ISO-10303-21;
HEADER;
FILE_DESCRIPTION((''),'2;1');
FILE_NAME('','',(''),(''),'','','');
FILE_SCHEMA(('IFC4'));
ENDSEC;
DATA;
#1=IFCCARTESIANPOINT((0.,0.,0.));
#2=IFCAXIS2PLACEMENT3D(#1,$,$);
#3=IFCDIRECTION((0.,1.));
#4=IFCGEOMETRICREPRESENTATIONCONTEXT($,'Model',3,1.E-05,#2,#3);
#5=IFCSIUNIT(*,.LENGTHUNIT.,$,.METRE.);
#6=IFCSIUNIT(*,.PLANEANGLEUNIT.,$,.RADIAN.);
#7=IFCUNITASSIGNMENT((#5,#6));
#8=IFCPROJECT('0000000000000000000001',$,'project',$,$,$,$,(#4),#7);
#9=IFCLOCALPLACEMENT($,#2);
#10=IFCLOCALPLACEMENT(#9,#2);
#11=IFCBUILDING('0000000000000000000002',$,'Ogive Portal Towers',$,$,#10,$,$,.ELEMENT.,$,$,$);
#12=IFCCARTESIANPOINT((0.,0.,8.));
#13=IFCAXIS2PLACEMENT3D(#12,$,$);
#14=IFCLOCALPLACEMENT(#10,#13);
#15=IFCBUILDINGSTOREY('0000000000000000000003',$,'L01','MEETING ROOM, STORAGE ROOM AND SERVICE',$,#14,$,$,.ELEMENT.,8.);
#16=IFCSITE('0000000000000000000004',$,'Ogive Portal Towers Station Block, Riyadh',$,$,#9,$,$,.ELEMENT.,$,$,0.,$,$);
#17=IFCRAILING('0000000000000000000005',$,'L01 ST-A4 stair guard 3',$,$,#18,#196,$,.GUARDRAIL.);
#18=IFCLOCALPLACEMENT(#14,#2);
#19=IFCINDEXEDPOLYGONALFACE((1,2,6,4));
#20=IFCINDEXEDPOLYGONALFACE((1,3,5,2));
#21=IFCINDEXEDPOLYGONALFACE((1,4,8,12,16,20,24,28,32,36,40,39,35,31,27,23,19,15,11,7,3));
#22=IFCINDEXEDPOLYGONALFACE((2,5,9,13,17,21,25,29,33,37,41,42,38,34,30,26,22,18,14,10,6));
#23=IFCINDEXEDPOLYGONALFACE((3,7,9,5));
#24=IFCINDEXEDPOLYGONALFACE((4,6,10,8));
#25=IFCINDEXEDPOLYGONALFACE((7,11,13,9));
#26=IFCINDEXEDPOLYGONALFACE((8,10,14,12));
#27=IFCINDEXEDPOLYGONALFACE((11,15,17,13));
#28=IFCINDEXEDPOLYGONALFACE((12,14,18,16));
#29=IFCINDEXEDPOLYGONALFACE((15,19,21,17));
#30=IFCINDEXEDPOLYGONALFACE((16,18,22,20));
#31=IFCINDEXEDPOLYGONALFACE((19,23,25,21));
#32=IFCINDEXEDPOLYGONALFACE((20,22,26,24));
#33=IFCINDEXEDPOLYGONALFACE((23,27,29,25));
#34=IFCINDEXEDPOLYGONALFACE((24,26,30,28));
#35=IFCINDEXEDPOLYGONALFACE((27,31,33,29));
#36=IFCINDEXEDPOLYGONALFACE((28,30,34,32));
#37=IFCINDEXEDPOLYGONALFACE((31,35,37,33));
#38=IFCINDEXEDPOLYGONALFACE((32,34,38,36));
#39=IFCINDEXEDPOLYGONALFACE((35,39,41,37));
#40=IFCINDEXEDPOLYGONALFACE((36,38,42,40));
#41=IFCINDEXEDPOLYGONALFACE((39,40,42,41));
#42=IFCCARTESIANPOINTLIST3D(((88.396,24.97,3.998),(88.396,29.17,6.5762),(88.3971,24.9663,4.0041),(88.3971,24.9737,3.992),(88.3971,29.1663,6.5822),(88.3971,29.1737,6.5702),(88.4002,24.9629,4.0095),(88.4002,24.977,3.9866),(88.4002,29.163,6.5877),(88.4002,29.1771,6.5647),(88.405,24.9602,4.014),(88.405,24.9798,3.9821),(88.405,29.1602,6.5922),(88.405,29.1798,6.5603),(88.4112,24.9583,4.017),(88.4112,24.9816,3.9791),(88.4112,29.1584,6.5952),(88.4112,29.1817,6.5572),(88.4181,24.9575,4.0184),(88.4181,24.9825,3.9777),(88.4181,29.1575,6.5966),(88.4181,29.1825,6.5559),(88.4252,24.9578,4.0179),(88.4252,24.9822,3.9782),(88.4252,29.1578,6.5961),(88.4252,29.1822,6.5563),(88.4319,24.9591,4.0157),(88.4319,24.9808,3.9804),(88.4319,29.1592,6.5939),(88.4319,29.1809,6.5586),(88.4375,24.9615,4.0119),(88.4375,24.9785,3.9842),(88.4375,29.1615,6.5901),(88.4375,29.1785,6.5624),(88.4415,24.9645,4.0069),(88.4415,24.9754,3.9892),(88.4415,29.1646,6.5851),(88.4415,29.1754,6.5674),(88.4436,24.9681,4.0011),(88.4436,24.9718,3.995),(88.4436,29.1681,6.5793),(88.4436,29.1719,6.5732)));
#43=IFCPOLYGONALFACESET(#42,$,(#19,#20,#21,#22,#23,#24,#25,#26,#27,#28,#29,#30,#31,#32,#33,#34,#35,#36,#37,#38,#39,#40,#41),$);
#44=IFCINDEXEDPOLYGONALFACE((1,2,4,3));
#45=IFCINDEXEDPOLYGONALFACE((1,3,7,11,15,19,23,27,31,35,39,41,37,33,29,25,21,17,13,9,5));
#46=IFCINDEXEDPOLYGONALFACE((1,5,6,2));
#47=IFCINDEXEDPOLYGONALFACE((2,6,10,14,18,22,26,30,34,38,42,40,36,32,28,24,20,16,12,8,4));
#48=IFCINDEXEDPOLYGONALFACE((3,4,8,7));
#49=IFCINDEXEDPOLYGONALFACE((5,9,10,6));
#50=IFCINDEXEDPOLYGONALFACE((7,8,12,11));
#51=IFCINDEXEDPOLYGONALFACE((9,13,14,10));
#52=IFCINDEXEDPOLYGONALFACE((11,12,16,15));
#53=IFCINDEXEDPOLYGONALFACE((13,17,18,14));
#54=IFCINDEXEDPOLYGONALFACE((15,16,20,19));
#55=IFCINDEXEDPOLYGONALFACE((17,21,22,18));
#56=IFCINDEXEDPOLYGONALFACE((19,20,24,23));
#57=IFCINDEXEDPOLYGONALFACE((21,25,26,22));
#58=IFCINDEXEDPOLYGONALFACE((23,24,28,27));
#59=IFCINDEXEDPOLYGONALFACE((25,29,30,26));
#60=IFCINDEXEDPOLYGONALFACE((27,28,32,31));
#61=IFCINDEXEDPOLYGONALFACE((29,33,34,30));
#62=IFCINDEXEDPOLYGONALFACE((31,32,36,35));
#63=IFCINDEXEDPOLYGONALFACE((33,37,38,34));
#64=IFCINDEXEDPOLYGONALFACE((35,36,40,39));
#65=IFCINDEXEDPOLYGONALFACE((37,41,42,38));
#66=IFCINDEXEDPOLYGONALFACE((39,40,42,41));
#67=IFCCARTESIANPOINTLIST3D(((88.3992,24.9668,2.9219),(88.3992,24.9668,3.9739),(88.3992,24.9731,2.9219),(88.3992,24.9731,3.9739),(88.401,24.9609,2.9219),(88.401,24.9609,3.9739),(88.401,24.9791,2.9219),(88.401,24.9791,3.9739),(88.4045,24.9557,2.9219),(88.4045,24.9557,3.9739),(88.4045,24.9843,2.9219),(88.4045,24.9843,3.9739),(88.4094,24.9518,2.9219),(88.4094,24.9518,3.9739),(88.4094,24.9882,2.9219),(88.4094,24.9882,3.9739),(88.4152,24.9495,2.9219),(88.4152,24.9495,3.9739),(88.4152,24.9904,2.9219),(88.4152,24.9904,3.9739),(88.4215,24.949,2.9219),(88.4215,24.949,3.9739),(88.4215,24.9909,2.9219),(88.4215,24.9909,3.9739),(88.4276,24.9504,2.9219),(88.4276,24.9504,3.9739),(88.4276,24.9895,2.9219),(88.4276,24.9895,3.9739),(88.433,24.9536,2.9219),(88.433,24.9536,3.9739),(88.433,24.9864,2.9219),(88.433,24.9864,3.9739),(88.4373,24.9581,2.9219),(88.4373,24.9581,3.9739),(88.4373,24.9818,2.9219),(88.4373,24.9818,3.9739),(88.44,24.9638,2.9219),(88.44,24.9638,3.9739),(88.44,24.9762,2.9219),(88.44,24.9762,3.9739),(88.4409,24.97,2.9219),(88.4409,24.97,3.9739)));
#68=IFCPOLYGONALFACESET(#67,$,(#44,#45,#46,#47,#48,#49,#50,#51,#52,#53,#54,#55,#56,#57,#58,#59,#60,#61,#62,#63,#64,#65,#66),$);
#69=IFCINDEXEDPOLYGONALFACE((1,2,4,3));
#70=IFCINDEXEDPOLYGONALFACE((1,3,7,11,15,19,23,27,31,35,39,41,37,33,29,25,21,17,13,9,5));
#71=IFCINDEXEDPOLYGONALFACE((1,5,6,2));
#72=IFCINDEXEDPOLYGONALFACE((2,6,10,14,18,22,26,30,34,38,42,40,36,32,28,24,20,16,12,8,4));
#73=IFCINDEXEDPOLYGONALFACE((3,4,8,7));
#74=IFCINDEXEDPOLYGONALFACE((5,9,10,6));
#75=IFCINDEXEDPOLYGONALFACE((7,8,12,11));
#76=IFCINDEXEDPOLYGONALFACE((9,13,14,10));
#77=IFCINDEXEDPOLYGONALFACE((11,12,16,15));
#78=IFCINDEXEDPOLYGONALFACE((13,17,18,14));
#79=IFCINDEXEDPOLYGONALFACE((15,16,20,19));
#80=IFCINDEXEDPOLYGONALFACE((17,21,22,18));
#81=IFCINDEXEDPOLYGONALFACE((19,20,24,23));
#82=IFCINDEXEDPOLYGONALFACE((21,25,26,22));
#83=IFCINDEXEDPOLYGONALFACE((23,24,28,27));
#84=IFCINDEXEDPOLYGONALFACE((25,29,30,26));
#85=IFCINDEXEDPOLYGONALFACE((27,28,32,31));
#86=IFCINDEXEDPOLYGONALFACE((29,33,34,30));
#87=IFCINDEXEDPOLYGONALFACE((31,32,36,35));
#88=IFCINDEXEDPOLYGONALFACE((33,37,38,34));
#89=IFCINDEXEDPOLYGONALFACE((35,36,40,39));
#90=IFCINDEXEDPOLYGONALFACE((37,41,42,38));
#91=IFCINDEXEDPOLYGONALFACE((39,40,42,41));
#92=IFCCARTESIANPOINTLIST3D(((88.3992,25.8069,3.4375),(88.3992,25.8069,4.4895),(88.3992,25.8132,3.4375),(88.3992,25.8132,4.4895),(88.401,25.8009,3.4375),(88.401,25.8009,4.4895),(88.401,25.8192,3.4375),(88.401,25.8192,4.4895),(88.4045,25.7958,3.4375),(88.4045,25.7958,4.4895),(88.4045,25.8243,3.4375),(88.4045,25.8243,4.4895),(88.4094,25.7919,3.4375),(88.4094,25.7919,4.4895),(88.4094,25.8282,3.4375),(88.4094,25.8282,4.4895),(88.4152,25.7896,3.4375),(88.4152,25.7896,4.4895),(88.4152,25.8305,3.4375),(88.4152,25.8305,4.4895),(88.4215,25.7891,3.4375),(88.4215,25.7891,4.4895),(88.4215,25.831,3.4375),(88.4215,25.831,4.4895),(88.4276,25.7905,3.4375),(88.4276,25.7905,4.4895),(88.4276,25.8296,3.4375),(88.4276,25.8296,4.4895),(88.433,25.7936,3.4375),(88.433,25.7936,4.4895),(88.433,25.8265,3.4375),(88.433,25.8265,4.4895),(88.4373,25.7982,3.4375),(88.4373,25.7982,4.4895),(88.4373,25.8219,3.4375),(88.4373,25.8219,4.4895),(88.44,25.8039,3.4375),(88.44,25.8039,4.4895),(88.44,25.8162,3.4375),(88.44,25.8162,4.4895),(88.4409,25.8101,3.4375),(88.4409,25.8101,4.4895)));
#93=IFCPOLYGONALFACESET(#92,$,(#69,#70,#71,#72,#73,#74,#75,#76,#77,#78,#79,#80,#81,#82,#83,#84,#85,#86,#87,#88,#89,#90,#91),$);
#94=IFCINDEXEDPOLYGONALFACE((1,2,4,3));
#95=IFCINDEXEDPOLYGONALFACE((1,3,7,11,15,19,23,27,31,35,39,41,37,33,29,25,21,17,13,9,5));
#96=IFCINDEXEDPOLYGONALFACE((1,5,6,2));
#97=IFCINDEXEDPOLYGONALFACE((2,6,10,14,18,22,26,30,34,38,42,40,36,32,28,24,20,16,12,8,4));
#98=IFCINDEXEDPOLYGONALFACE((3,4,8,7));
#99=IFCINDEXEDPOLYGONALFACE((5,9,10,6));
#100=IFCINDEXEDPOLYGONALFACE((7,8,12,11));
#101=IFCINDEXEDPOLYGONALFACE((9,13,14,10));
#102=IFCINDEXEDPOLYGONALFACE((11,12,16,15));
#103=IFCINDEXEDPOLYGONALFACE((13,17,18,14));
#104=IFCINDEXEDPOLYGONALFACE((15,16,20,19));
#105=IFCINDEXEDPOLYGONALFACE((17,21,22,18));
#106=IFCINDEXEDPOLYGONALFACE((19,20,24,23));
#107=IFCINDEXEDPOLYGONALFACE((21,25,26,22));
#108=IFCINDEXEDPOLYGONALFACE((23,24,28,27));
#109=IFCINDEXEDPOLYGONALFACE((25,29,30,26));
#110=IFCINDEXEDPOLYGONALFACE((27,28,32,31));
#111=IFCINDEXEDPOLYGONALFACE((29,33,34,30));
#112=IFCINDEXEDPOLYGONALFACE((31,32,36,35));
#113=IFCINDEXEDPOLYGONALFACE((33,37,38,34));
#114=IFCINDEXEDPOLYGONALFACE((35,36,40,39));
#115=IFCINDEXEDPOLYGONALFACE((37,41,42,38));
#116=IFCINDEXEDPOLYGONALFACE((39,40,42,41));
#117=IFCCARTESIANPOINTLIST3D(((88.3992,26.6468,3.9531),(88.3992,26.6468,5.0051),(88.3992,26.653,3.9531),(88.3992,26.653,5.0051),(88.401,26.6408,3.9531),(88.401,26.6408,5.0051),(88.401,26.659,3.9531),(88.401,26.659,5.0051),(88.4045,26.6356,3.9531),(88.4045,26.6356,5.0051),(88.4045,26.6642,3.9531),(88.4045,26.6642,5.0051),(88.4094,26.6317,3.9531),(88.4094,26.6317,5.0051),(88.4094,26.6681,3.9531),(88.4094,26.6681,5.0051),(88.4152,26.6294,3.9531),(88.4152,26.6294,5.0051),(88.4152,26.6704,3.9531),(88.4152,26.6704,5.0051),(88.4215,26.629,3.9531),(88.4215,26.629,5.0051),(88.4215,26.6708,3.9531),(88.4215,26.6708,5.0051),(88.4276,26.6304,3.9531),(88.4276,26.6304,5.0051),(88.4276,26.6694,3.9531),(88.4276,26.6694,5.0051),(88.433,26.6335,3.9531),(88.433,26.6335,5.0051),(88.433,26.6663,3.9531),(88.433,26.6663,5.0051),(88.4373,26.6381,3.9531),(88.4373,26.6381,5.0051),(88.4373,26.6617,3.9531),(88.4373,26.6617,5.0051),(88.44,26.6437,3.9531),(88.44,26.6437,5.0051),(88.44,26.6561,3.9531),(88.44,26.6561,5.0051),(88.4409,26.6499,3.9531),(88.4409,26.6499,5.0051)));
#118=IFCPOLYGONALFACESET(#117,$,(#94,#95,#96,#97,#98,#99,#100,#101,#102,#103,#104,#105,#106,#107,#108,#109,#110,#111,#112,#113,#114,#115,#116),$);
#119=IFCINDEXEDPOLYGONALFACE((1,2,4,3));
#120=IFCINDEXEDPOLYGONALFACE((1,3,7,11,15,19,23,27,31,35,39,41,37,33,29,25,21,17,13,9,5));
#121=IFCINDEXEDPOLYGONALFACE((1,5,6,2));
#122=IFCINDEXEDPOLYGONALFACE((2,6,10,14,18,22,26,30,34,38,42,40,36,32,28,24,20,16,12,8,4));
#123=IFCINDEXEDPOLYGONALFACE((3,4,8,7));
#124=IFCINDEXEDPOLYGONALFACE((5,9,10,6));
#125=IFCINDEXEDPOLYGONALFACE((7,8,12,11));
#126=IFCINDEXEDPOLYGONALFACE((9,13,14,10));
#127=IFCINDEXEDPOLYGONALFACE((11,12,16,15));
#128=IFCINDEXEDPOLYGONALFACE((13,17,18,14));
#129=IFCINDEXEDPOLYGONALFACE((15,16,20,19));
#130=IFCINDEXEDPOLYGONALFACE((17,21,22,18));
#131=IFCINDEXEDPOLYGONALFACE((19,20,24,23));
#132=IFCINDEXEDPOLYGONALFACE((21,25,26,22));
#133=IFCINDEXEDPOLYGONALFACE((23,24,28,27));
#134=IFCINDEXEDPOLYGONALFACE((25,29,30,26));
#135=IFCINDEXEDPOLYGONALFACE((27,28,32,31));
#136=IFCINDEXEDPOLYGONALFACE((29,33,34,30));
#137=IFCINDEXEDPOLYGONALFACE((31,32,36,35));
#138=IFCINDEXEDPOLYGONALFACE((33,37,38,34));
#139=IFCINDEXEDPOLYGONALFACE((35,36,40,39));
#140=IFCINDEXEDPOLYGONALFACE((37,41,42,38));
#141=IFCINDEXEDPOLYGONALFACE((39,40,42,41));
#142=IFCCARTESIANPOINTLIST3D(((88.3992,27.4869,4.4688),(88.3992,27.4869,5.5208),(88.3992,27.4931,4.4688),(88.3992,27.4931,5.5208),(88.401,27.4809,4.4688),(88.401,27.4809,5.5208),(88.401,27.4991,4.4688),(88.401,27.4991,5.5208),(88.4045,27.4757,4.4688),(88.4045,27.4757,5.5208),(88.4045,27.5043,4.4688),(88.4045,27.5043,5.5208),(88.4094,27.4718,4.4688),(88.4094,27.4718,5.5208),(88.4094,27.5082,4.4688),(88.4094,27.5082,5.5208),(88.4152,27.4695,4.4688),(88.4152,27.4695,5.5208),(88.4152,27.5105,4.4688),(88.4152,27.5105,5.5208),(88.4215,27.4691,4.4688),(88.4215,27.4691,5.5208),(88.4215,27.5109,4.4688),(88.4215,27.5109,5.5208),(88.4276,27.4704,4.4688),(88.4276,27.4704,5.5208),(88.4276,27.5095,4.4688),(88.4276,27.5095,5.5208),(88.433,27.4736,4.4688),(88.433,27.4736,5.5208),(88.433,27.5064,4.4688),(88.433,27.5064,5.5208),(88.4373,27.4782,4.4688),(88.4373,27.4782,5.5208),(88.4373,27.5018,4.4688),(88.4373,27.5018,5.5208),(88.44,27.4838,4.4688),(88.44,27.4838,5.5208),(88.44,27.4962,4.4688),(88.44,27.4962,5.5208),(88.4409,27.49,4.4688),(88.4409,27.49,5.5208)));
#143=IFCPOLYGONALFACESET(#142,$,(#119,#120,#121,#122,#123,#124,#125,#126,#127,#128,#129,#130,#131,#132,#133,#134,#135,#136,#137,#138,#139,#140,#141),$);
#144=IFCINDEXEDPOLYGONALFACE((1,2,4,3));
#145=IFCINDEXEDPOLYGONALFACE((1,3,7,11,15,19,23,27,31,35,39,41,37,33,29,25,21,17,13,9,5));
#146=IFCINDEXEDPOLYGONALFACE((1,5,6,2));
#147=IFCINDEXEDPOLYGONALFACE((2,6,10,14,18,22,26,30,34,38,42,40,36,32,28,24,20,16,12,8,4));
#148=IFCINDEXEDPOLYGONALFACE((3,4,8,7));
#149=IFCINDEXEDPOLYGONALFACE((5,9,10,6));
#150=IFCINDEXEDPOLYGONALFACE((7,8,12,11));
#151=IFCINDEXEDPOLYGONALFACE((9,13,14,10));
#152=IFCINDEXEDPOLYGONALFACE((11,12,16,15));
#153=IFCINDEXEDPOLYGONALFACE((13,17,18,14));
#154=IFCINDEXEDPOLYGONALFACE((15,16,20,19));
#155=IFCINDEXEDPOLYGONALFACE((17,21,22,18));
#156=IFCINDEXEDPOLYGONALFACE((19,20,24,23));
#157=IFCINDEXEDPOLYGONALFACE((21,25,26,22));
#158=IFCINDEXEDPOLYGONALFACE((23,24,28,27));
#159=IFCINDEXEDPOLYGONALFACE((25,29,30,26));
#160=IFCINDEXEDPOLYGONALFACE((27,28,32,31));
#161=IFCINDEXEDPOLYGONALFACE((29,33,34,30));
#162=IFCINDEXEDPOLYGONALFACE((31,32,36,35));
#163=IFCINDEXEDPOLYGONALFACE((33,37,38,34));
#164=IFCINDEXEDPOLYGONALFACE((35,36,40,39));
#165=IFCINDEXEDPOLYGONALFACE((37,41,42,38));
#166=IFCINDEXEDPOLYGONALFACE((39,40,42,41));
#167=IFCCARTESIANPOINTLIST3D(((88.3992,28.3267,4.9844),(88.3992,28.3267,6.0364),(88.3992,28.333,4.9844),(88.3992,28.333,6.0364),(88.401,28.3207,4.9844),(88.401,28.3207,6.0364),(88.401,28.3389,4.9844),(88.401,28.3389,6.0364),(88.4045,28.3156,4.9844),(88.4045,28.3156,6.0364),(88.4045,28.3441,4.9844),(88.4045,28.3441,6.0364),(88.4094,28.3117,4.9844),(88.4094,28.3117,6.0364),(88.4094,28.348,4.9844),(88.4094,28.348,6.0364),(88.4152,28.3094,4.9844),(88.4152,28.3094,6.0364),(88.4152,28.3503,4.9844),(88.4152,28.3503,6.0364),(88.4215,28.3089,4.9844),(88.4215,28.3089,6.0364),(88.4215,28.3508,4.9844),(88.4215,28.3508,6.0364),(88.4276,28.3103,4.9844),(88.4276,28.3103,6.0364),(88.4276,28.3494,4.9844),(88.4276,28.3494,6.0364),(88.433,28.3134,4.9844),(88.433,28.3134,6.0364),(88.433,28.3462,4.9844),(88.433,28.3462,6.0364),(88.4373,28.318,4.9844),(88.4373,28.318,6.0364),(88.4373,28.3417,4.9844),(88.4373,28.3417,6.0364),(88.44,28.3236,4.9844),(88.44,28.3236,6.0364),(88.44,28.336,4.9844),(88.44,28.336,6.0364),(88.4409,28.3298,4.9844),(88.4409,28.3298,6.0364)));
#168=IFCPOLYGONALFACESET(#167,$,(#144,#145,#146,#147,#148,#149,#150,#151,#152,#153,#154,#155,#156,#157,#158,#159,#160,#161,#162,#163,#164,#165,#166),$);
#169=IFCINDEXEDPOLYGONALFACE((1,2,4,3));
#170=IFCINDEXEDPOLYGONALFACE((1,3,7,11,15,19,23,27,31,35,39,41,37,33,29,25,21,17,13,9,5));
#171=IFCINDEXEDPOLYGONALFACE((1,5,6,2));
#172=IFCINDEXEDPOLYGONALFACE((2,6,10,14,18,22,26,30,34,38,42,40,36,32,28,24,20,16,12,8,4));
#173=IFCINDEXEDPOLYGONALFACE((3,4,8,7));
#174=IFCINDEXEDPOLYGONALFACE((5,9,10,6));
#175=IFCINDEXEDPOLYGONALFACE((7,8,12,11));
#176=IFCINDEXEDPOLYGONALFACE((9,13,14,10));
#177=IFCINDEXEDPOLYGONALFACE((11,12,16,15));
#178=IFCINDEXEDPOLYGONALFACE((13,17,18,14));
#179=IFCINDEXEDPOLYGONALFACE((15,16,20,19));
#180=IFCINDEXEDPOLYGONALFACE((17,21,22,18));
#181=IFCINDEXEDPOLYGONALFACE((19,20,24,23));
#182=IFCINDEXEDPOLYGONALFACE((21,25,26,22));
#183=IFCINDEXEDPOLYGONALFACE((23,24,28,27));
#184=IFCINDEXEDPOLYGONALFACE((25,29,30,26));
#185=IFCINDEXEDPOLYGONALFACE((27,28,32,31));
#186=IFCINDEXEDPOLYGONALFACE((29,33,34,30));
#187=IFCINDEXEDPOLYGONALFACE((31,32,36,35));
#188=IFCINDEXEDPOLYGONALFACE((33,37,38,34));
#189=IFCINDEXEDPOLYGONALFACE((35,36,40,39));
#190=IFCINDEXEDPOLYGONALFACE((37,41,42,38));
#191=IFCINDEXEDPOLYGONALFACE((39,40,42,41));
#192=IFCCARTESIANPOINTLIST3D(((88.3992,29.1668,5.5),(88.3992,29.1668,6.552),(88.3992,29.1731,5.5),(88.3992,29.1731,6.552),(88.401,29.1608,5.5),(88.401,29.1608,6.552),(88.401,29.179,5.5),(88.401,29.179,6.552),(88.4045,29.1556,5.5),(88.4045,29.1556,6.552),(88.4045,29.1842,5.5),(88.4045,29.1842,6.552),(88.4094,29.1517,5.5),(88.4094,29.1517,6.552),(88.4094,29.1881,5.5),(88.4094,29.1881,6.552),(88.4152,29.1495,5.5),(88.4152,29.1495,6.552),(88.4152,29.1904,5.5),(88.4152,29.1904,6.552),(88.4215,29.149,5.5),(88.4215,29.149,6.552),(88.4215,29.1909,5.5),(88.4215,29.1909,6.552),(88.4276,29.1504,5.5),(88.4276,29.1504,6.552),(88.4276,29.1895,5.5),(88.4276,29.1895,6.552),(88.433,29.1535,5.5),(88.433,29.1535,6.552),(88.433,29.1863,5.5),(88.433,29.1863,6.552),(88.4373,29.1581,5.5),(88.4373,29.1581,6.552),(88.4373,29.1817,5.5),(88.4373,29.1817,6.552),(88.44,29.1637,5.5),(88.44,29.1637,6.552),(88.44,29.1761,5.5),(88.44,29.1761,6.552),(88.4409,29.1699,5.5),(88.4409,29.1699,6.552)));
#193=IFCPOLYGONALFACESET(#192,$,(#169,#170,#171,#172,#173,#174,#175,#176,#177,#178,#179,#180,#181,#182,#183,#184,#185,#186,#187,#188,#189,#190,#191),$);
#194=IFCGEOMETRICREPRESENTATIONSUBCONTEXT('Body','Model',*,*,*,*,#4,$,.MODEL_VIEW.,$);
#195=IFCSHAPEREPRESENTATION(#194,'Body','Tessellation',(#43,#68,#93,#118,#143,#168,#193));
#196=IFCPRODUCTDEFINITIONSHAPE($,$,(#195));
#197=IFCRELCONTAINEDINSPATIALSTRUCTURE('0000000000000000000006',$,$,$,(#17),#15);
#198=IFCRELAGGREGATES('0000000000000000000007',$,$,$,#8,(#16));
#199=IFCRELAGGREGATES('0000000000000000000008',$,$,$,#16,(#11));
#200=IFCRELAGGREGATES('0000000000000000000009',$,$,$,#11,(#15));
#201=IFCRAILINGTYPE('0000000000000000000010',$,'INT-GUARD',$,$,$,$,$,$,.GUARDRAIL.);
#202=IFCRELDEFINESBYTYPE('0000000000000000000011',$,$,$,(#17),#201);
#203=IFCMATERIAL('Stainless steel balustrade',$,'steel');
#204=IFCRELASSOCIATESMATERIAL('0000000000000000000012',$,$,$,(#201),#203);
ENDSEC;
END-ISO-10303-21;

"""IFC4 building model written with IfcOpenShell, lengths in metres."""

from ifc_helpers import new_model, si_unit, direction, frame, origin, origin_2d, place, context, subcontext, project, spatial, circle, extrude, material, type_object, element, save


model = new_model("IFC4")

# Units and contexts
model_context = context("Model", 3, precision=1e-05, world=origin(), true_north=direction((0.0, 1.0)))
body_context = subcontext(model_context, "Body", "Model", "MODEL_VIEW")
ifc_project = project(units=[si_unit("LENGTHUNIT", "METRE"), si_unit("PLANEANGLEUNIT", "RADIAN")], contexts=[model_context])

# Site, building, storey
site_placement = place(None, origin())
site = spatial("IfcSite", under=ifc_project, at=site_placement, Name="Ogive Portal Towers Station Block, Riyadh", CompositionType="ELEMENT", RefElevation=0.0)
building_placement = place(site_placement, origin())
building = spatial("IfcBuilding", under=site, at=building_placement, Name="Ogive Portal Towers", CompositionType="ELEMENT")
storey_placement = place(building_placement, frame((0.0, 0.0, 8.0)))
storey = spatial("IfcBuildingStorey", under=building, at=storey_placement, Name="L01", Description="MEETING ROOM, STORAGE ROOM AND SERVICE", CompositionType="ELEMENT", Elevation=8.0)

# Railing
ifc_material_1 = material(Name="Stainless steel balustrade", Category="steel")
railing_type_1 = type_object("IfcRailingType", Name="INT-GUARD", PredefinedType="GUARDRAIL", material=ifc_material_1)
railing_1_placement = place(storey_placement, frame((88.4199, 24.97, 2.9219)))
element("IfcRailing", 1, at=railing_1_placement, inside=storey, type_object=railing_type_1, Name="L01 ST-A4 stair guard 3", PredefinedType="GUARDRAIL", context=body_context, shape_type="SweptSolid", body=[
    extrude(circle(Radius=0.0239, at=origin_2d()), frame((0.0, 0.0, 1.0762), z_axis=(0.0, 0.852243, 0.523146), x_axis=(-1.0, 0.0, 0.0)), (0.0, 0.0, 1.0), 4.9282),
    extrude(circle(Radius=0.021, at=origin_2d()), origin(), (0.0, 0.0, 1.0), 1.052),
    extrude(circle(Radius=0.021, at=origin_2d()), frame((0.0, 0.8401, 0.5156)), (0.0, 0.0, 1.0), 1.052),
    extrude(circle(Radius=0.021, at=origin_2d()), frame((0.0, 1.6799, 1.0312)), (0.0, 0.0, 1.0), 1.052),
    extrude(circle(Radius=0.021, at=origin_2d()), frame((0.0, 2.52, 1.5469)), (0.0, 0.0, 1.0), 1.052),
    extrude(circle(Radius=0.021, at=origin_2d()), frame((0.0, 3.3599, 2.0625)), (0.0, 0.0, 1.0), 1.052),
    extrude(circle(Radius=0.021, at=origin_2d()), frame((0.0, 4.2, 2.5781)), (0.0, 0.0, 1.0), 1.052),
])

save(model, "model.ifc")
